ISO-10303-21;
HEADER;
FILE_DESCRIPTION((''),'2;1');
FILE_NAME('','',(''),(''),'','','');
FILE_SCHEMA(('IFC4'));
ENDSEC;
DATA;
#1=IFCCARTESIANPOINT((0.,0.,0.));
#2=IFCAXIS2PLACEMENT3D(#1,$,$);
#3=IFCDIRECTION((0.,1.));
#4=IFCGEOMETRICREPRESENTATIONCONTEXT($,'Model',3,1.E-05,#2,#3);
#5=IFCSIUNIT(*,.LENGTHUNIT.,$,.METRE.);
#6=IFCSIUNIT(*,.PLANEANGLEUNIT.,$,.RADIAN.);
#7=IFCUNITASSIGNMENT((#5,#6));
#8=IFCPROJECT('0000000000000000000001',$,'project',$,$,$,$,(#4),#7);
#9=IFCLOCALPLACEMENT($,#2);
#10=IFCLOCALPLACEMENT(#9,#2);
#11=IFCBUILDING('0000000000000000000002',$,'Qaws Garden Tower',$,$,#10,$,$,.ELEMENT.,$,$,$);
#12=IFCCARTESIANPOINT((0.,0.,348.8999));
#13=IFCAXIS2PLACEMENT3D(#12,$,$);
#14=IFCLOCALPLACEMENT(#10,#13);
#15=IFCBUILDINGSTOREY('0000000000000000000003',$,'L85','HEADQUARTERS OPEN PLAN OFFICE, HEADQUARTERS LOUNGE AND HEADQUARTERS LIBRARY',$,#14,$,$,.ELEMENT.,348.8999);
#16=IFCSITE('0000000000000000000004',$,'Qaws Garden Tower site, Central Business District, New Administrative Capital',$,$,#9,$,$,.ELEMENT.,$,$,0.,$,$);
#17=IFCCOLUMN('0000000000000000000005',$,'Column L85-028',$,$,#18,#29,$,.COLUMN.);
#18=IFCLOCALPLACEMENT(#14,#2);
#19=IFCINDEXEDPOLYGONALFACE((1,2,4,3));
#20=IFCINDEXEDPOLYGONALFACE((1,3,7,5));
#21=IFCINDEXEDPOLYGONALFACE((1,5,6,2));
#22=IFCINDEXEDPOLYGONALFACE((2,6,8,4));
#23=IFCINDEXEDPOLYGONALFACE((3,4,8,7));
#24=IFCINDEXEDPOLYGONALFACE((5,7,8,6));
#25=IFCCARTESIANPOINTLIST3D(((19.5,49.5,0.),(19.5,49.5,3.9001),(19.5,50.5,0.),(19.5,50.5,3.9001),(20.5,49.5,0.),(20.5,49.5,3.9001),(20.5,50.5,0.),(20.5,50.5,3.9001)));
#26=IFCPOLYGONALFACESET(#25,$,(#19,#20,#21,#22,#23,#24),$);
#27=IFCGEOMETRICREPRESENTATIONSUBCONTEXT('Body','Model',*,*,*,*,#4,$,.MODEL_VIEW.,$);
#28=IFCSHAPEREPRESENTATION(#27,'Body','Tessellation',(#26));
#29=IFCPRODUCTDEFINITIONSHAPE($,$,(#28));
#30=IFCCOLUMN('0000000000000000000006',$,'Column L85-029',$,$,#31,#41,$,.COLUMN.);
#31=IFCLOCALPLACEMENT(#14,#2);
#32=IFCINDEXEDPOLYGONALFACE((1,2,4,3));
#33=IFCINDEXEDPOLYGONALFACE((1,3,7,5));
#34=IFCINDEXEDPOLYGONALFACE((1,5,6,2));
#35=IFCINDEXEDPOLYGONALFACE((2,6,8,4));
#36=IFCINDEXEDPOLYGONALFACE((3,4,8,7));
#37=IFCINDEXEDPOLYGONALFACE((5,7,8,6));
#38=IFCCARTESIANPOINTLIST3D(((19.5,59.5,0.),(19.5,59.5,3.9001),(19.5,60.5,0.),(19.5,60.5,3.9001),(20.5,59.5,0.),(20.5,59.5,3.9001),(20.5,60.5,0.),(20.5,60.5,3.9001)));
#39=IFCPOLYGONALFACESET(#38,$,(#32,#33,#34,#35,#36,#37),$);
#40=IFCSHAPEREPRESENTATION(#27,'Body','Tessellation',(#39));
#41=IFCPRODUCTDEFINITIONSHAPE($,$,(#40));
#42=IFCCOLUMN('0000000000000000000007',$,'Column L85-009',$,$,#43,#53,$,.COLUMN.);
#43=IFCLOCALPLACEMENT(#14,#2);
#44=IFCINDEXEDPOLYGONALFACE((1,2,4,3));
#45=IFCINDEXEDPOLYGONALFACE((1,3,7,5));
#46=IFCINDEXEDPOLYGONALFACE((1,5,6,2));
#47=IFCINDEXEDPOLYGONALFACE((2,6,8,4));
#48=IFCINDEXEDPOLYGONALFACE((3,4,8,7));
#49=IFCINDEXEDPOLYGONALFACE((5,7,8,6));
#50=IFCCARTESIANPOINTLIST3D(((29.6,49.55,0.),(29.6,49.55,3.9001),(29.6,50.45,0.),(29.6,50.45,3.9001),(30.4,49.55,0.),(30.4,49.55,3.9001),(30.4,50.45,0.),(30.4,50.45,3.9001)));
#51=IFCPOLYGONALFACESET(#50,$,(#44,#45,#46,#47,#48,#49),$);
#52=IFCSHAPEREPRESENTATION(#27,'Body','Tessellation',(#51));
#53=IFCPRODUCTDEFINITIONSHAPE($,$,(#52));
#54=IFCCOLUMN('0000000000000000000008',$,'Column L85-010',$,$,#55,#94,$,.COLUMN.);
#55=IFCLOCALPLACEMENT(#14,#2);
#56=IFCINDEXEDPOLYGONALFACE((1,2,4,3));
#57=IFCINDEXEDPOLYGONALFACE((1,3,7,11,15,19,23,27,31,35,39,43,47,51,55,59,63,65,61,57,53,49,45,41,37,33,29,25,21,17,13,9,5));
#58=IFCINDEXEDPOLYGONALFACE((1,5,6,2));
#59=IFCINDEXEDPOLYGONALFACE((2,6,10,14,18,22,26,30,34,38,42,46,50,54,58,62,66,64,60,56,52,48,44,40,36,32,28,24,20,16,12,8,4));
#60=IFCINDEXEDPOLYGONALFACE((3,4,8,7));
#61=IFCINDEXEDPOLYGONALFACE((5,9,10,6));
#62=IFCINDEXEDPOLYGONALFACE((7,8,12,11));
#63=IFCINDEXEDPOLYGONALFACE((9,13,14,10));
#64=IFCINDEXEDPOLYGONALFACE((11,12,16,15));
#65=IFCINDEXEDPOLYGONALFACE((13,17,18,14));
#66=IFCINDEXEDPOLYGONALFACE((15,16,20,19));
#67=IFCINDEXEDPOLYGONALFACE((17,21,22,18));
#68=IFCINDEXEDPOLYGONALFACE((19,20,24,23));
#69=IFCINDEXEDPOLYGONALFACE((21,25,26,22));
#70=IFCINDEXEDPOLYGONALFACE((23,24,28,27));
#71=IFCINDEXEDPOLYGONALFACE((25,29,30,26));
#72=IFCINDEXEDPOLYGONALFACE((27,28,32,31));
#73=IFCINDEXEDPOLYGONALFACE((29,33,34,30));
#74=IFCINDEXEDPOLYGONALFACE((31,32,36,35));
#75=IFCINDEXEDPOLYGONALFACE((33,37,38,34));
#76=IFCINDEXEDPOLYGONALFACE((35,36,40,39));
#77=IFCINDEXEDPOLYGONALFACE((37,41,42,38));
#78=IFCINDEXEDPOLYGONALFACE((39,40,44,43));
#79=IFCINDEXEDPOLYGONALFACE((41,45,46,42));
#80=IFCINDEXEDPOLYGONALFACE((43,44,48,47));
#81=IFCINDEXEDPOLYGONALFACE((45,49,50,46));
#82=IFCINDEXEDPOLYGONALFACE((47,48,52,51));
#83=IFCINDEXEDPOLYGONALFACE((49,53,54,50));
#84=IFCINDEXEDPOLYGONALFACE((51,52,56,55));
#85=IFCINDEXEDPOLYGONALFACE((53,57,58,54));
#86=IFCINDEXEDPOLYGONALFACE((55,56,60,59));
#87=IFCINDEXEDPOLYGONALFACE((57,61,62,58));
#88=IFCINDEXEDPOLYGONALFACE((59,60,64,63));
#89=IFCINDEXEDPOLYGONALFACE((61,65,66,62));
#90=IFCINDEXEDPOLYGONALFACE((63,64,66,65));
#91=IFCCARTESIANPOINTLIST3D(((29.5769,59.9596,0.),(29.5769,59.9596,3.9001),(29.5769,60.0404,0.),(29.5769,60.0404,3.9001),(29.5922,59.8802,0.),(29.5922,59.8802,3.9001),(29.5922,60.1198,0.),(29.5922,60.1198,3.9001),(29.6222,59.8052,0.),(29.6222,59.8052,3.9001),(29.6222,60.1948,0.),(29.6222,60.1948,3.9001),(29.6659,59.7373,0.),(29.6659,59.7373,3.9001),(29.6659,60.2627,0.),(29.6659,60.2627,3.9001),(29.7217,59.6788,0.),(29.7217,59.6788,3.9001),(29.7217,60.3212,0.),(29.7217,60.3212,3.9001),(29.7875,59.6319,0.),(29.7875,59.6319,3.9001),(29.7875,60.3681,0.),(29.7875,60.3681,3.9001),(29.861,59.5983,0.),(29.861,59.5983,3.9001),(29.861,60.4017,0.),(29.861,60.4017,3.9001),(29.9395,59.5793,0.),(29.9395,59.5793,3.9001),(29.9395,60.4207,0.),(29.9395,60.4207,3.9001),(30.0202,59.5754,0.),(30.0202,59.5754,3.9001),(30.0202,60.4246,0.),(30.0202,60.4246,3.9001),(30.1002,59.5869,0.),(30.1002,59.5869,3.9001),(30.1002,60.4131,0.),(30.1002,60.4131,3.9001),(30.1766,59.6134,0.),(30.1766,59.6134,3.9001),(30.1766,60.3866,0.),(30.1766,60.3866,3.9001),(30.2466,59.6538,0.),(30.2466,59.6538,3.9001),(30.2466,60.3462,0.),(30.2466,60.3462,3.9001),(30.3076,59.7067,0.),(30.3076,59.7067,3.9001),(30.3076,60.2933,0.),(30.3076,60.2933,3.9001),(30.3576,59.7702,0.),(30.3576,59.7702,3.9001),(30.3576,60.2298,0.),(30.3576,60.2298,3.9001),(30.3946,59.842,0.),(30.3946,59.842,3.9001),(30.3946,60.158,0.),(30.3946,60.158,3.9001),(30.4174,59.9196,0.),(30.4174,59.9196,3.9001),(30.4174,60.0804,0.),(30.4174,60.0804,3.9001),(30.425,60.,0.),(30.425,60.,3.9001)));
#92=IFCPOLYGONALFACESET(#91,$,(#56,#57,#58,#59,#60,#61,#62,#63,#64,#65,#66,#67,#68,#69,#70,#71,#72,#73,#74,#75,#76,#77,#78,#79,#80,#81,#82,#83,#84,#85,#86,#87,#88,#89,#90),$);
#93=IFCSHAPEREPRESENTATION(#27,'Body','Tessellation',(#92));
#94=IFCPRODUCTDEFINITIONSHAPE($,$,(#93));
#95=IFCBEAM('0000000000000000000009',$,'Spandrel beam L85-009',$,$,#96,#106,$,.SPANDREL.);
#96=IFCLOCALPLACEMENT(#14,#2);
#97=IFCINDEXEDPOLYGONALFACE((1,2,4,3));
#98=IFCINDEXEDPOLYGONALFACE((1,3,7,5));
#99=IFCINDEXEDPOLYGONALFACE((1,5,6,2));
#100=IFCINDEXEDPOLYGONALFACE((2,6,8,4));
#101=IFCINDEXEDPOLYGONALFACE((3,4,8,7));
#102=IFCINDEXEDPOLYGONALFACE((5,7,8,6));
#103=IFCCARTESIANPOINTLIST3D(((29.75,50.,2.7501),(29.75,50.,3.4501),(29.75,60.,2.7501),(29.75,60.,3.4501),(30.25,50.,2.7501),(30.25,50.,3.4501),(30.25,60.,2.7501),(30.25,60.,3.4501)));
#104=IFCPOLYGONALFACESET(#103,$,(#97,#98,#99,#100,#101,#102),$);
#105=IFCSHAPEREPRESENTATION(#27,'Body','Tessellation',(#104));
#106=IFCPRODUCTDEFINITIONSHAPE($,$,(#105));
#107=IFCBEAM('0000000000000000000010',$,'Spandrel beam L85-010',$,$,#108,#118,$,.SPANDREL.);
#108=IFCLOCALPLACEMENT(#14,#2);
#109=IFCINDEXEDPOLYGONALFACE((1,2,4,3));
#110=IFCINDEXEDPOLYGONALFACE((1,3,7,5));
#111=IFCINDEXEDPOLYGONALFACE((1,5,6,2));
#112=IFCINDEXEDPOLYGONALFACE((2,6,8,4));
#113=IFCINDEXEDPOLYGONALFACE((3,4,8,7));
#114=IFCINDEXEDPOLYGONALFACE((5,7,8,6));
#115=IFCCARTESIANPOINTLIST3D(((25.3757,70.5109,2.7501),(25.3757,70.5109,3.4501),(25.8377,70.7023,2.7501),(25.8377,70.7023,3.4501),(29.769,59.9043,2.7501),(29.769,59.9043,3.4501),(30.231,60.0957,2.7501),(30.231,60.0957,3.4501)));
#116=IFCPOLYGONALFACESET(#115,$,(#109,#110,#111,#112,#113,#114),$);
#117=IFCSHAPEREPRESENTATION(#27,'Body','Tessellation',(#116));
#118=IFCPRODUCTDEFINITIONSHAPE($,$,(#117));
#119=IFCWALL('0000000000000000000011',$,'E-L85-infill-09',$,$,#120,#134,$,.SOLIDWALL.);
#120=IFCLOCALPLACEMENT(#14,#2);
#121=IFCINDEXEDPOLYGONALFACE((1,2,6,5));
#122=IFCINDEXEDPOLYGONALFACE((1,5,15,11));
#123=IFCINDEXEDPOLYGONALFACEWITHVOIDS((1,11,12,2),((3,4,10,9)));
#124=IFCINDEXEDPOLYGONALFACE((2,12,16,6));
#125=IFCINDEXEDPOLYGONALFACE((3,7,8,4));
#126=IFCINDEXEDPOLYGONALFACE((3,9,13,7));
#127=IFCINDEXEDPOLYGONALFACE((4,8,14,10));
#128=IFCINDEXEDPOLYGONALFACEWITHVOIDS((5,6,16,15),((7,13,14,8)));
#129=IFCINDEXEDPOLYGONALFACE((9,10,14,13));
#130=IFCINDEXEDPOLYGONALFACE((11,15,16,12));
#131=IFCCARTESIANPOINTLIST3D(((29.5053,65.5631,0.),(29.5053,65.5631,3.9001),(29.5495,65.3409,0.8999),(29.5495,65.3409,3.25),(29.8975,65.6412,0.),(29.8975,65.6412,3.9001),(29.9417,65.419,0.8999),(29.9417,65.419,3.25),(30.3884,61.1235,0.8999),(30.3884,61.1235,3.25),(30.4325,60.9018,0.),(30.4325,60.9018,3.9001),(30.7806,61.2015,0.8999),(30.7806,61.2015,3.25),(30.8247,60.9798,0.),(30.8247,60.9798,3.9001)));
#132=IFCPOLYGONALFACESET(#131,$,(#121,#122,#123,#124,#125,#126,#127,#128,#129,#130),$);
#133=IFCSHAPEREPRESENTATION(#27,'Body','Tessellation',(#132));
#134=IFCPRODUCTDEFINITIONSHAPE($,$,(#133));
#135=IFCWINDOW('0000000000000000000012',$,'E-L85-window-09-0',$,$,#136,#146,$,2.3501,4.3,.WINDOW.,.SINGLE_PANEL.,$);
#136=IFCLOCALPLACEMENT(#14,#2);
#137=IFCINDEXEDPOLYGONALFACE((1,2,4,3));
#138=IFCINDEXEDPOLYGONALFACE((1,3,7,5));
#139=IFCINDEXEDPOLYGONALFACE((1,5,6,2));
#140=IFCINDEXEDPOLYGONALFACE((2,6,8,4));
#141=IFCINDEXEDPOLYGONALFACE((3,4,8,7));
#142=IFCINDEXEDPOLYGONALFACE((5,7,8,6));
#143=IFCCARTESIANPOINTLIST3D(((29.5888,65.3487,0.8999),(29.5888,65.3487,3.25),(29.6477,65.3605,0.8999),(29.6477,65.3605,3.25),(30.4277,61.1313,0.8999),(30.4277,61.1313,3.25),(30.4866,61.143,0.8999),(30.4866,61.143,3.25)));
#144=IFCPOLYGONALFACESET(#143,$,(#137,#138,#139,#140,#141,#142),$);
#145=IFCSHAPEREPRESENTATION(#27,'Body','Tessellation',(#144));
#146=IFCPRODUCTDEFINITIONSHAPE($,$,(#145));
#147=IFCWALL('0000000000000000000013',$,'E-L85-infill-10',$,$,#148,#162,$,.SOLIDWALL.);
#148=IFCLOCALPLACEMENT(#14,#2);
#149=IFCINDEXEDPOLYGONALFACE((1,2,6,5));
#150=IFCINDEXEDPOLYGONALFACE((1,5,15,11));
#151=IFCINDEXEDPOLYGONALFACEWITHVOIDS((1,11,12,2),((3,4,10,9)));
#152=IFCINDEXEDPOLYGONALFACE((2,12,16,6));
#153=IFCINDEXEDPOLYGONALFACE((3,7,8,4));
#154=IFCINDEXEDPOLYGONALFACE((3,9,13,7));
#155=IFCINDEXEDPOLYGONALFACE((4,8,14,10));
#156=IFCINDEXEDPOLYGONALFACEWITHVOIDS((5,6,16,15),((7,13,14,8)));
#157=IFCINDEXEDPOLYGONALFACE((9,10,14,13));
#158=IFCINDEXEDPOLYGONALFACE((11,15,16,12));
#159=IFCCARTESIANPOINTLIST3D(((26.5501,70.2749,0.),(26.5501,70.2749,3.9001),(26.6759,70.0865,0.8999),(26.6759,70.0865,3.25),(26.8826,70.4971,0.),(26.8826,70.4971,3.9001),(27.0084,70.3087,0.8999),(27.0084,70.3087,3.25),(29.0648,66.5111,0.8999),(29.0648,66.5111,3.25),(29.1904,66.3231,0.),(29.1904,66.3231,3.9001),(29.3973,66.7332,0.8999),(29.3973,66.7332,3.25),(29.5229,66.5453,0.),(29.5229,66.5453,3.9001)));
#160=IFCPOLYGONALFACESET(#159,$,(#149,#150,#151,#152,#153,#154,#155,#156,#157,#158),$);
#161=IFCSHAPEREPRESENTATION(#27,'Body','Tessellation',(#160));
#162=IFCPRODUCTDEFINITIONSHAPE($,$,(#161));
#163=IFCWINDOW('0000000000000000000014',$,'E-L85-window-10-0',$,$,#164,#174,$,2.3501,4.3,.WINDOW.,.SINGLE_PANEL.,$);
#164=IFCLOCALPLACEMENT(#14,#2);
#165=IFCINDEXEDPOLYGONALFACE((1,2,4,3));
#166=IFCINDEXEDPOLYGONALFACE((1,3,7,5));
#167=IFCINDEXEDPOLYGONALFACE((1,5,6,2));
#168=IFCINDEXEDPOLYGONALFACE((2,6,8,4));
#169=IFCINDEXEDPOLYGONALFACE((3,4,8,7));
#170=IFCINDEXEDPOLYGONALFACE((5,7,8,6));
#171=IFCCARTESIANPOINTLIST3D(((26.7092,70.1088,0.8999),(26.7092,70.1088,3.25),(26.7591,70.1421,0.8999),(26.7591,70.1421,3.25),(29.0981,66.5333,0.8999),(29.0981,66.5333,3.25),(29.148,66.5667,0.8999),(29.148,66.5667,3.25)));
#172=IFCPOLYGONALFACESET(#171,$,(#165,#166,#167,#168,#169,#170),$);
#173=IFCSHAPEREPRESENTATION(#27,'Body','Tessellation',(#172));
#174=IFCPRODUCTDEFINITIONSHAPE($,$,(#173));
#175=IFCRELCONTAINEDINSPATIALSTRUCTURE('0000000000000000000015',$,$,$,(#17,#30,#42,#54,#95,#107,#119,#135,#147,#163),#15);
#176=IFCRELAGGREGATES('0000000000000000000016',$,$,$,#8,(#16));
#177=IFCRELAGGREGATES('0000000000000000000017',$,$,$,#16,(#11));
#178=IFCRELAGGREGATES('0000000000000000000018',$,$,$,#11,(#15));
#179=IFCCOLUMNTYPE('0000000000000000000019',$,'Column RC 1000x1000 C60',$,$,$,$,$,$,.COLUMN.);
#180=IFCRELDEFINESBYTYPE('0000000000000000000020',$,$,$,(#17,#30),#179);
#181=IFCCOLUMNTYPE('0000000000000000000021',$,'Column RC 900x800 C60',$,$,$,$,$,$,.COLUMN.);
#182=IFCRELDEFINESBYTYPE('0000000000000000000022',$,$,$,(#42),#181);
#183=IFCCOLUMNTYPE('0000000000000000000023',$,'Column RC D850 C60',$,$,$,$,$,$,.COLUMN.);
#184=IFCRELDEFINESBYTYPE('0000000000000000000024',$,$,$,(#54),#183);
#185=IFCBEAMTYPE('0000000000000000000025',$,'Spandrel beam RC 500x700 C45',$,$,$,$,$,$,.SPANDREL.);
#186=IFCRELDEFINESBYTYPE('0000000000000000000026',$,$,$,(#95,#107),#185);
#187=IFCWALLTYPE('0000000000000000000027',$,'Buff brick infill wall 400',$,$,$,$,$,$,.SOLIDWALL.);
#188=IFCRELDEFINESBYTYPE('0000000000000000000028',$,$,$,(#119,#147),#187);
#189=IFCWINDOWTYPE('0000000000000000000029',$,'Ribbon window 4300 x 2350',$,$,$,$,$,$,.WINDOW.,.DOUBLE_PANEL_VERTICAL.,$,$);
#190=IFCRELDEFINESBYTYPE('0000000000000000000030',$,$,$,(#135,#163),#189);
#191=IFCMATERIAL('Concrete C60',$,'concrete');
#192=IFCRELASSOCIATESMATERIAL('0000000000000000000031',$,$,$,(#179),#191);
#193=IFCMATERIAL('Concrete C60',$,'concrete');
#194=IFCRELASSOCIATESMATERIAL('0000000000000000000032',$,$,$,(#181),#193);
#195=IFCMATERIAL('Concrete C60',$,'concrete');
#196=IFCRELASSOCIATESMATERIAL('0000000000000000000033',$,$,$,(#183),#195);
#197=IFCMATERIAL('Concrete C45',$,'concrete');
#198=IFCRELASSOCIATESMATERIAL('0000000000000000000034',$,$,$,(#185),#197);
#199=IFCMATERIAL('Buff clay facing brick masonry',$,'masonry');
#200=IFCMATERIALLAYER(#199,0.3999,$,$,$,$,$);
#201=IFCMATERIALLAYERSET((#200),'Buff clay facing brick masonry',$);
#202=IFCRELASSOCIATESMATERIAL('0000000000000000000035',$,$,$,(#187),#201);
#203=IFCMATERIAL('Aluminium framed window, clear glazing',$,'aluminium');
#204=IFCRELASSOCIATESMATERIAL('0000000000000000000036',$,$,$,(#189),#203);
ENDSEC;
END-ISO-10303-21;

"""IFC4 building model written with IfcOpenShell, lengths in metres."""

from ifc_helpers import new_model, si_unit, direction, frame, frame_2d, origin, origin_2d, place, context, subcontext, project, spatial, rectangle, circle, extrude, material, layer, layer_set, material_profile, profile_set, type_object, element, fill, save


model = new_model("IFC4")

# Units and contexts
model_context = context("Model", 3, precision=1e-05, world=origin(), true_north=direction((0.0, 1.0)))
body_context = subcontext(model_context, "Body", "Model", "MODEL_VIEW")
ifc_project = project(units=[si_unit("LENGTHUNIT", "METRE"), si_unit("PLANEANGLEUNIT", "RADIAN")], contexts=[model_context])

# Site, building, storey
site_placement = place(None, origin())
site = spatial("IfcSite", under=ifc_project, at=site_placement, Name="Qaws Garden Tower site, Central Business District, New Administrative Capital", CompositionType="ELEMENT", RefElevation=0.0)
building_placement = place(site_placement, origin())
building = spatial("IfcBuilding", under=site, at=building_placement, Name="Qaws Garden Tower", CompositionType="ELEMENT")
storey_placement = place(building_placement, frame((0.0, 0.0, 348.8999)))
storey = spatial("IfcBuildingStorey", under=building, at=storey_placement, Name="L85", Description="HEADQUARTERS OPEN PLAN OFFICE, HEADQUARTERS LOUNGE AND HEADQUARTERS LIBRARY", CompositionType="ELEMENT", Elevation=348.8999)

# Columns
ifc_material_1 = material(Name="Concrete C60", Category="concrete")
ifc_material_profile_1 = material_profile(ifc_material_1, rectangle(XDim=1.0, YDim=1.0, at=origin_2d()), Name="RC 1000x1000")
ifc_profile_set_1 = profile_set([ifc_material_profile_1], Name="Concrete C60")
column_type_1 = type_object("IfcColumnType", Name="Column RC 1000x1000 C60", PredefinedType="COLUMN", material=ifc_profile_set_1)
for number, where, z_axis, x_axis, name in (
    (1, (20.0, 50.0, 0.0), (0.0, 0.0, 1.0), (1.0, 0.0, 0.0), "Column L85-028"),
    (2, (20.0, 60.0, 0.0), (0.0, 0.0, 1.0), (1.0, 0.0, 0.0), "Column L85-029"),
):
    element("IfcColumn", number, at=place(storey_placement, frame(where, z_axis=z_axis, x_axis=x_axis)), inside=storey, type_object=column_type_1, Name=name, PredefinedType="COLUMN", context=body_context, shape_type="SweptSolid", body=[
        extrude(rectangle(XDim=1.0, YDim=1.0, at=origin_2d()), origin(), (0.0, 0.0, 1.0), 3.9001),
    ])
ifc_material_2 = material(Name="Concrete C60", Category="concrete")
ifc_material_profile_2 = material_profile(ifc_material_2, rectangle(XDim=0.8999, YDim=0.8, at=origin_2d()), Name="RC 900x800")
ifc_profile_set_2 = profile_set([ifc_material_profile_2], Name="Concrete C60")
column_type_2 = type_object("IfcColumnType", Name="Column RC 900x800 C60", PredefinedType="COLUMN", material=ifc_profile_set_2)
column_1_placement = place(storey_placement, frame((30.0, 50.0, 0.0), z_axis=(0.0, 0.0, 1.0), x_axis=(0.0, 1.0, 0.0)))
element("IfcColumn", 3, at=column_1_placement, inside=storey, type_object=column_type_2, Name="Column L85-009", PredefinedType="COLUMN", context=body_context, shape_type="SweptSolid", body=[
    extrude(rectangle(XDim=0.8999, YDim=0.8, at=origin_2d()), origin(), (0.0, 0.0, 1.0), 3.9001),
])
ifc_material_3 = material(Name="Concrete C60", Category="concrete")
ifc_material_profile_3 = material_profile(ifc_material_3, circle(Radius=0.425, at=origin_2d()), Name="RC D850")
ifc_profile_set_3 = profile_set([ifc_material_profile_3], Name="Concrete C60")
column_type_3 = type_object("IfcColumnType", Name="Column RC D850 C60", PredefinedType="COLUMN", material=ifc_profile_set_3)
column_2_placement = place(storey_placement, frame((30.0, 60.0, 0.0), z_axis=(0.0, 0.0, 1.0), x_axis=(1.0, 0.0, 0.0)))
element("IfcColumn", 4, at=column_2_placement, inside=storey, type_object=column_type_3, Name="Column L85-010", PredefinedType="COLUMN", context=body_context, shape_type="SweptSolid", body=[
    extrude(circle(Radius=0.425, at=origin_2d()), origin(), (0.0, 0.0, 1.0), 3.9001),
])

# Beams
ifc_material_4 = material(Name="Concrete C45", Category="concrete")
ifc_material_profile_4 = material_profile(ifc_material_4, rectangle(XDim=0.5, YDim=0.7, at=origin_2d()), Name="RC 500x700")
ifc_profile_set_4 = profile_set([ifc_material_profile_4], Name="Concrete C45")
beam_type = type_object("IfcBeamType", Name="Spandrel beam RC 500x700 C45", PredefinedType="SPANDREL", material=ifc_profile_set_4)
beam_1_placement = place(storey_placement, frame((30.0, 50.0, 3.1001), z_axis=(0.0, 1.0, 0.0), x_axis=(-1.0, 0.0, 0.0)))
element("IfcBeam", 5, at=beam_1_placement, inside=storey, type_object=beam_type, Name="Spandrel beam L85-009", PredefinedType="SPANDREL", context=body_context, shape_type="SweptSolid", body=[
    extrude(rectangle(XDim=0.5, YDim=0.7, at=origin_2d()), origin(), (0.0, 0.0, 1.0), 10.0),
])
beam_2_placement = place(storey_placement, frame((30.0, 60.0, 3.1001), z_axis=(-0.382674, 0.923883, 0.0), x_axis=(-0.923883, -0.382674, 0.0)))
element("IfcBeam", 6, at=beam_2_placement, inside=storey, type_object=beam_type, Name="Spandrel beam L85-010", PredefinedType="SPANDREL", context=body_context, shape_type="SweptSolid", body=[
    extrude(rectangle(XDim=0.5, YDim=0.7, at=origin_2d()), origin(), (0.0, 0.0, 1.0), 11.4805),
])

# Walls, openings, windows
ifc_material_5 = material(Name="Buff clay facing brick masonry", Category="masonry")
ifc_layer_1 = layer(ifc_material_5, 0.3999)
ifc_layer_set_1 = layer_set([ifc_layer_1], Name="Buff clay facing brick masonry")
wall_type_1 = type_object("IfcWallType", Name="Buff brick infill wall 400", PredefinedType="SOLIDWALL", material=ifc_layer_set_1)
wall_1_placement = place(storey_placement, frame((30.6287, 60.9407, 0.0), z_axis=(0.0, 0.0, 1.0), x_axis=(-0.195099, 0.980784, 0.0)))
wall_1 = element("IfcWall", 7, at=wall_1_placement, inside=storey, type_object=wall_type_1, Name="E-L85-infill-09", PredefinedType="SOLIDWALL", context=body_context, shape_type="SweptSolid", body=[
    extrude(rectangle(XDim=4.7527, YDim=0.3999, at=frame_2d((2.3765, 0.0))), origin(), (0.0, 0.0, 1.0), 3.9001),
])
opening_1_placement = place(wall_1_placement, frame((0.2263, 0.0, 0.8999)))
opening_1 = element("IfcOpeningElement", 8, at=opening_1_placement, cuts=wall_1, PredefinedType="OPENING", context=body_context, shape_type="SweptSolid", body=[
    extrude(rectangle(XDim=4.3, YDim=2.3501, at=frame_2d((2.1499, 1.175))), frame((0.0, 0.21, 0.0), z_axis=(0.0, -1.0, 0.0), x_axis=(1.0, 0.0, 0.0)), (0.0, 0.0, 1.0), 0.4199),
])
ifc_material_6 = material(Name="Aluminium framed window, clear glazing", Category="aluminium")
window_type = type_object("IfcWindowType", Name="Ribbon window 4300 x 2350", PartitioningType="DOUBLE_PANEL_VERTICAL", PredefinedType="WINDOW", material=ifc_material_6)
window_1_placement = place(opening_1_placement, origin())
window_1 = element("IfcWindow", 9, at=window_1_placement, inside=storey, type_object=window_type, Name="E-L85-window-09-0", OverallHeight=2.3501, OverallWidth=4.3, PartitioningType="SINGLE_PANEL", PredefinedType="WINDOW", context=body_context, shape_type="SweptSolid", body=[
    extrude(rectangle(XDim=4.3, YDim=2.3501, at=frame_2d((2.1499, 1.175))), frame((0.0, 0.1599, 0.0), z_axis=(0.0, -1.0, 0.0), x_axis=(1.0, 0.0, 0.0)), (0.0, 0.0, 1.0), 0.0601),
])
fill(opening_1, window_1)
wall_2_placement = place(storey_placement, frame((29.3567, 66.4341, 0.0), z_axis=(0.0, 0.0, 1.0), x_axis=(-0.555542, 0.831489, 0.0)))
wall_2 = element("IfcWall", 10, at=wall_2_placement, inside=storey, type_object=wall_type_1, Name="E-L85-infill-10", PredefinedType="SOLIDWALL", context=body_context, shape_type="SweptSolid", body=[
    extrude(rectangle(XDim=4.7527, YDim=0.3999, at=frame_2d((2.3765, 0.0))), origin(), (0.0, 0.0, 1.0), 3.9001),
])
opening_2_placement = place(wall_2_placement, frame((0.2263, 0.0, 0.8999)))
opening_2 = element("IfcOpeningElement", 11, at=opening_2_placement, cuts=wall_2, PredefinedType="OPENING", context=body_context, shape_type="SweptSolid", body=[
    extrude(rectangle(XDim=4.3, YDim=2.3501, at=frame_2d((2.1499, 1.175))), frame((0.0, 0.21, 0.0), z_axis=(0.0, -1.0, 0.0), x_axis=(1.0, 0.0, 0.0)), (0.0, 0.0, 1.0), 0.4199),
])
window_2_placement = place(opening_2_placement, origin())
window_2 = element("IfcWindow", 12, at=window_2_placement, inside=storey, type_object=window_type, Name="E-L85-window-10-0", OverallHeight=2.3501, OverallWidth=4.3, PartitioningType="SINGLE_PANEL", PredefinedType="WINDOW", context=body_context, shape_type="SweptSolid", body=[
    extrude(rectangle(XDim=4.3, YDim=2.3501, at=frame_2d((2.1499, 1.175))), frame((0.0, 0.1599, 0.0), z_axis=(0.0, -1.0, 0.0), x_axis=(1.0, 0.0, 0.0)), (0.0, 0.0, 1.0), 0.0601),
])
fill(opening_2, window_2)

save(model, "model.ifc")
